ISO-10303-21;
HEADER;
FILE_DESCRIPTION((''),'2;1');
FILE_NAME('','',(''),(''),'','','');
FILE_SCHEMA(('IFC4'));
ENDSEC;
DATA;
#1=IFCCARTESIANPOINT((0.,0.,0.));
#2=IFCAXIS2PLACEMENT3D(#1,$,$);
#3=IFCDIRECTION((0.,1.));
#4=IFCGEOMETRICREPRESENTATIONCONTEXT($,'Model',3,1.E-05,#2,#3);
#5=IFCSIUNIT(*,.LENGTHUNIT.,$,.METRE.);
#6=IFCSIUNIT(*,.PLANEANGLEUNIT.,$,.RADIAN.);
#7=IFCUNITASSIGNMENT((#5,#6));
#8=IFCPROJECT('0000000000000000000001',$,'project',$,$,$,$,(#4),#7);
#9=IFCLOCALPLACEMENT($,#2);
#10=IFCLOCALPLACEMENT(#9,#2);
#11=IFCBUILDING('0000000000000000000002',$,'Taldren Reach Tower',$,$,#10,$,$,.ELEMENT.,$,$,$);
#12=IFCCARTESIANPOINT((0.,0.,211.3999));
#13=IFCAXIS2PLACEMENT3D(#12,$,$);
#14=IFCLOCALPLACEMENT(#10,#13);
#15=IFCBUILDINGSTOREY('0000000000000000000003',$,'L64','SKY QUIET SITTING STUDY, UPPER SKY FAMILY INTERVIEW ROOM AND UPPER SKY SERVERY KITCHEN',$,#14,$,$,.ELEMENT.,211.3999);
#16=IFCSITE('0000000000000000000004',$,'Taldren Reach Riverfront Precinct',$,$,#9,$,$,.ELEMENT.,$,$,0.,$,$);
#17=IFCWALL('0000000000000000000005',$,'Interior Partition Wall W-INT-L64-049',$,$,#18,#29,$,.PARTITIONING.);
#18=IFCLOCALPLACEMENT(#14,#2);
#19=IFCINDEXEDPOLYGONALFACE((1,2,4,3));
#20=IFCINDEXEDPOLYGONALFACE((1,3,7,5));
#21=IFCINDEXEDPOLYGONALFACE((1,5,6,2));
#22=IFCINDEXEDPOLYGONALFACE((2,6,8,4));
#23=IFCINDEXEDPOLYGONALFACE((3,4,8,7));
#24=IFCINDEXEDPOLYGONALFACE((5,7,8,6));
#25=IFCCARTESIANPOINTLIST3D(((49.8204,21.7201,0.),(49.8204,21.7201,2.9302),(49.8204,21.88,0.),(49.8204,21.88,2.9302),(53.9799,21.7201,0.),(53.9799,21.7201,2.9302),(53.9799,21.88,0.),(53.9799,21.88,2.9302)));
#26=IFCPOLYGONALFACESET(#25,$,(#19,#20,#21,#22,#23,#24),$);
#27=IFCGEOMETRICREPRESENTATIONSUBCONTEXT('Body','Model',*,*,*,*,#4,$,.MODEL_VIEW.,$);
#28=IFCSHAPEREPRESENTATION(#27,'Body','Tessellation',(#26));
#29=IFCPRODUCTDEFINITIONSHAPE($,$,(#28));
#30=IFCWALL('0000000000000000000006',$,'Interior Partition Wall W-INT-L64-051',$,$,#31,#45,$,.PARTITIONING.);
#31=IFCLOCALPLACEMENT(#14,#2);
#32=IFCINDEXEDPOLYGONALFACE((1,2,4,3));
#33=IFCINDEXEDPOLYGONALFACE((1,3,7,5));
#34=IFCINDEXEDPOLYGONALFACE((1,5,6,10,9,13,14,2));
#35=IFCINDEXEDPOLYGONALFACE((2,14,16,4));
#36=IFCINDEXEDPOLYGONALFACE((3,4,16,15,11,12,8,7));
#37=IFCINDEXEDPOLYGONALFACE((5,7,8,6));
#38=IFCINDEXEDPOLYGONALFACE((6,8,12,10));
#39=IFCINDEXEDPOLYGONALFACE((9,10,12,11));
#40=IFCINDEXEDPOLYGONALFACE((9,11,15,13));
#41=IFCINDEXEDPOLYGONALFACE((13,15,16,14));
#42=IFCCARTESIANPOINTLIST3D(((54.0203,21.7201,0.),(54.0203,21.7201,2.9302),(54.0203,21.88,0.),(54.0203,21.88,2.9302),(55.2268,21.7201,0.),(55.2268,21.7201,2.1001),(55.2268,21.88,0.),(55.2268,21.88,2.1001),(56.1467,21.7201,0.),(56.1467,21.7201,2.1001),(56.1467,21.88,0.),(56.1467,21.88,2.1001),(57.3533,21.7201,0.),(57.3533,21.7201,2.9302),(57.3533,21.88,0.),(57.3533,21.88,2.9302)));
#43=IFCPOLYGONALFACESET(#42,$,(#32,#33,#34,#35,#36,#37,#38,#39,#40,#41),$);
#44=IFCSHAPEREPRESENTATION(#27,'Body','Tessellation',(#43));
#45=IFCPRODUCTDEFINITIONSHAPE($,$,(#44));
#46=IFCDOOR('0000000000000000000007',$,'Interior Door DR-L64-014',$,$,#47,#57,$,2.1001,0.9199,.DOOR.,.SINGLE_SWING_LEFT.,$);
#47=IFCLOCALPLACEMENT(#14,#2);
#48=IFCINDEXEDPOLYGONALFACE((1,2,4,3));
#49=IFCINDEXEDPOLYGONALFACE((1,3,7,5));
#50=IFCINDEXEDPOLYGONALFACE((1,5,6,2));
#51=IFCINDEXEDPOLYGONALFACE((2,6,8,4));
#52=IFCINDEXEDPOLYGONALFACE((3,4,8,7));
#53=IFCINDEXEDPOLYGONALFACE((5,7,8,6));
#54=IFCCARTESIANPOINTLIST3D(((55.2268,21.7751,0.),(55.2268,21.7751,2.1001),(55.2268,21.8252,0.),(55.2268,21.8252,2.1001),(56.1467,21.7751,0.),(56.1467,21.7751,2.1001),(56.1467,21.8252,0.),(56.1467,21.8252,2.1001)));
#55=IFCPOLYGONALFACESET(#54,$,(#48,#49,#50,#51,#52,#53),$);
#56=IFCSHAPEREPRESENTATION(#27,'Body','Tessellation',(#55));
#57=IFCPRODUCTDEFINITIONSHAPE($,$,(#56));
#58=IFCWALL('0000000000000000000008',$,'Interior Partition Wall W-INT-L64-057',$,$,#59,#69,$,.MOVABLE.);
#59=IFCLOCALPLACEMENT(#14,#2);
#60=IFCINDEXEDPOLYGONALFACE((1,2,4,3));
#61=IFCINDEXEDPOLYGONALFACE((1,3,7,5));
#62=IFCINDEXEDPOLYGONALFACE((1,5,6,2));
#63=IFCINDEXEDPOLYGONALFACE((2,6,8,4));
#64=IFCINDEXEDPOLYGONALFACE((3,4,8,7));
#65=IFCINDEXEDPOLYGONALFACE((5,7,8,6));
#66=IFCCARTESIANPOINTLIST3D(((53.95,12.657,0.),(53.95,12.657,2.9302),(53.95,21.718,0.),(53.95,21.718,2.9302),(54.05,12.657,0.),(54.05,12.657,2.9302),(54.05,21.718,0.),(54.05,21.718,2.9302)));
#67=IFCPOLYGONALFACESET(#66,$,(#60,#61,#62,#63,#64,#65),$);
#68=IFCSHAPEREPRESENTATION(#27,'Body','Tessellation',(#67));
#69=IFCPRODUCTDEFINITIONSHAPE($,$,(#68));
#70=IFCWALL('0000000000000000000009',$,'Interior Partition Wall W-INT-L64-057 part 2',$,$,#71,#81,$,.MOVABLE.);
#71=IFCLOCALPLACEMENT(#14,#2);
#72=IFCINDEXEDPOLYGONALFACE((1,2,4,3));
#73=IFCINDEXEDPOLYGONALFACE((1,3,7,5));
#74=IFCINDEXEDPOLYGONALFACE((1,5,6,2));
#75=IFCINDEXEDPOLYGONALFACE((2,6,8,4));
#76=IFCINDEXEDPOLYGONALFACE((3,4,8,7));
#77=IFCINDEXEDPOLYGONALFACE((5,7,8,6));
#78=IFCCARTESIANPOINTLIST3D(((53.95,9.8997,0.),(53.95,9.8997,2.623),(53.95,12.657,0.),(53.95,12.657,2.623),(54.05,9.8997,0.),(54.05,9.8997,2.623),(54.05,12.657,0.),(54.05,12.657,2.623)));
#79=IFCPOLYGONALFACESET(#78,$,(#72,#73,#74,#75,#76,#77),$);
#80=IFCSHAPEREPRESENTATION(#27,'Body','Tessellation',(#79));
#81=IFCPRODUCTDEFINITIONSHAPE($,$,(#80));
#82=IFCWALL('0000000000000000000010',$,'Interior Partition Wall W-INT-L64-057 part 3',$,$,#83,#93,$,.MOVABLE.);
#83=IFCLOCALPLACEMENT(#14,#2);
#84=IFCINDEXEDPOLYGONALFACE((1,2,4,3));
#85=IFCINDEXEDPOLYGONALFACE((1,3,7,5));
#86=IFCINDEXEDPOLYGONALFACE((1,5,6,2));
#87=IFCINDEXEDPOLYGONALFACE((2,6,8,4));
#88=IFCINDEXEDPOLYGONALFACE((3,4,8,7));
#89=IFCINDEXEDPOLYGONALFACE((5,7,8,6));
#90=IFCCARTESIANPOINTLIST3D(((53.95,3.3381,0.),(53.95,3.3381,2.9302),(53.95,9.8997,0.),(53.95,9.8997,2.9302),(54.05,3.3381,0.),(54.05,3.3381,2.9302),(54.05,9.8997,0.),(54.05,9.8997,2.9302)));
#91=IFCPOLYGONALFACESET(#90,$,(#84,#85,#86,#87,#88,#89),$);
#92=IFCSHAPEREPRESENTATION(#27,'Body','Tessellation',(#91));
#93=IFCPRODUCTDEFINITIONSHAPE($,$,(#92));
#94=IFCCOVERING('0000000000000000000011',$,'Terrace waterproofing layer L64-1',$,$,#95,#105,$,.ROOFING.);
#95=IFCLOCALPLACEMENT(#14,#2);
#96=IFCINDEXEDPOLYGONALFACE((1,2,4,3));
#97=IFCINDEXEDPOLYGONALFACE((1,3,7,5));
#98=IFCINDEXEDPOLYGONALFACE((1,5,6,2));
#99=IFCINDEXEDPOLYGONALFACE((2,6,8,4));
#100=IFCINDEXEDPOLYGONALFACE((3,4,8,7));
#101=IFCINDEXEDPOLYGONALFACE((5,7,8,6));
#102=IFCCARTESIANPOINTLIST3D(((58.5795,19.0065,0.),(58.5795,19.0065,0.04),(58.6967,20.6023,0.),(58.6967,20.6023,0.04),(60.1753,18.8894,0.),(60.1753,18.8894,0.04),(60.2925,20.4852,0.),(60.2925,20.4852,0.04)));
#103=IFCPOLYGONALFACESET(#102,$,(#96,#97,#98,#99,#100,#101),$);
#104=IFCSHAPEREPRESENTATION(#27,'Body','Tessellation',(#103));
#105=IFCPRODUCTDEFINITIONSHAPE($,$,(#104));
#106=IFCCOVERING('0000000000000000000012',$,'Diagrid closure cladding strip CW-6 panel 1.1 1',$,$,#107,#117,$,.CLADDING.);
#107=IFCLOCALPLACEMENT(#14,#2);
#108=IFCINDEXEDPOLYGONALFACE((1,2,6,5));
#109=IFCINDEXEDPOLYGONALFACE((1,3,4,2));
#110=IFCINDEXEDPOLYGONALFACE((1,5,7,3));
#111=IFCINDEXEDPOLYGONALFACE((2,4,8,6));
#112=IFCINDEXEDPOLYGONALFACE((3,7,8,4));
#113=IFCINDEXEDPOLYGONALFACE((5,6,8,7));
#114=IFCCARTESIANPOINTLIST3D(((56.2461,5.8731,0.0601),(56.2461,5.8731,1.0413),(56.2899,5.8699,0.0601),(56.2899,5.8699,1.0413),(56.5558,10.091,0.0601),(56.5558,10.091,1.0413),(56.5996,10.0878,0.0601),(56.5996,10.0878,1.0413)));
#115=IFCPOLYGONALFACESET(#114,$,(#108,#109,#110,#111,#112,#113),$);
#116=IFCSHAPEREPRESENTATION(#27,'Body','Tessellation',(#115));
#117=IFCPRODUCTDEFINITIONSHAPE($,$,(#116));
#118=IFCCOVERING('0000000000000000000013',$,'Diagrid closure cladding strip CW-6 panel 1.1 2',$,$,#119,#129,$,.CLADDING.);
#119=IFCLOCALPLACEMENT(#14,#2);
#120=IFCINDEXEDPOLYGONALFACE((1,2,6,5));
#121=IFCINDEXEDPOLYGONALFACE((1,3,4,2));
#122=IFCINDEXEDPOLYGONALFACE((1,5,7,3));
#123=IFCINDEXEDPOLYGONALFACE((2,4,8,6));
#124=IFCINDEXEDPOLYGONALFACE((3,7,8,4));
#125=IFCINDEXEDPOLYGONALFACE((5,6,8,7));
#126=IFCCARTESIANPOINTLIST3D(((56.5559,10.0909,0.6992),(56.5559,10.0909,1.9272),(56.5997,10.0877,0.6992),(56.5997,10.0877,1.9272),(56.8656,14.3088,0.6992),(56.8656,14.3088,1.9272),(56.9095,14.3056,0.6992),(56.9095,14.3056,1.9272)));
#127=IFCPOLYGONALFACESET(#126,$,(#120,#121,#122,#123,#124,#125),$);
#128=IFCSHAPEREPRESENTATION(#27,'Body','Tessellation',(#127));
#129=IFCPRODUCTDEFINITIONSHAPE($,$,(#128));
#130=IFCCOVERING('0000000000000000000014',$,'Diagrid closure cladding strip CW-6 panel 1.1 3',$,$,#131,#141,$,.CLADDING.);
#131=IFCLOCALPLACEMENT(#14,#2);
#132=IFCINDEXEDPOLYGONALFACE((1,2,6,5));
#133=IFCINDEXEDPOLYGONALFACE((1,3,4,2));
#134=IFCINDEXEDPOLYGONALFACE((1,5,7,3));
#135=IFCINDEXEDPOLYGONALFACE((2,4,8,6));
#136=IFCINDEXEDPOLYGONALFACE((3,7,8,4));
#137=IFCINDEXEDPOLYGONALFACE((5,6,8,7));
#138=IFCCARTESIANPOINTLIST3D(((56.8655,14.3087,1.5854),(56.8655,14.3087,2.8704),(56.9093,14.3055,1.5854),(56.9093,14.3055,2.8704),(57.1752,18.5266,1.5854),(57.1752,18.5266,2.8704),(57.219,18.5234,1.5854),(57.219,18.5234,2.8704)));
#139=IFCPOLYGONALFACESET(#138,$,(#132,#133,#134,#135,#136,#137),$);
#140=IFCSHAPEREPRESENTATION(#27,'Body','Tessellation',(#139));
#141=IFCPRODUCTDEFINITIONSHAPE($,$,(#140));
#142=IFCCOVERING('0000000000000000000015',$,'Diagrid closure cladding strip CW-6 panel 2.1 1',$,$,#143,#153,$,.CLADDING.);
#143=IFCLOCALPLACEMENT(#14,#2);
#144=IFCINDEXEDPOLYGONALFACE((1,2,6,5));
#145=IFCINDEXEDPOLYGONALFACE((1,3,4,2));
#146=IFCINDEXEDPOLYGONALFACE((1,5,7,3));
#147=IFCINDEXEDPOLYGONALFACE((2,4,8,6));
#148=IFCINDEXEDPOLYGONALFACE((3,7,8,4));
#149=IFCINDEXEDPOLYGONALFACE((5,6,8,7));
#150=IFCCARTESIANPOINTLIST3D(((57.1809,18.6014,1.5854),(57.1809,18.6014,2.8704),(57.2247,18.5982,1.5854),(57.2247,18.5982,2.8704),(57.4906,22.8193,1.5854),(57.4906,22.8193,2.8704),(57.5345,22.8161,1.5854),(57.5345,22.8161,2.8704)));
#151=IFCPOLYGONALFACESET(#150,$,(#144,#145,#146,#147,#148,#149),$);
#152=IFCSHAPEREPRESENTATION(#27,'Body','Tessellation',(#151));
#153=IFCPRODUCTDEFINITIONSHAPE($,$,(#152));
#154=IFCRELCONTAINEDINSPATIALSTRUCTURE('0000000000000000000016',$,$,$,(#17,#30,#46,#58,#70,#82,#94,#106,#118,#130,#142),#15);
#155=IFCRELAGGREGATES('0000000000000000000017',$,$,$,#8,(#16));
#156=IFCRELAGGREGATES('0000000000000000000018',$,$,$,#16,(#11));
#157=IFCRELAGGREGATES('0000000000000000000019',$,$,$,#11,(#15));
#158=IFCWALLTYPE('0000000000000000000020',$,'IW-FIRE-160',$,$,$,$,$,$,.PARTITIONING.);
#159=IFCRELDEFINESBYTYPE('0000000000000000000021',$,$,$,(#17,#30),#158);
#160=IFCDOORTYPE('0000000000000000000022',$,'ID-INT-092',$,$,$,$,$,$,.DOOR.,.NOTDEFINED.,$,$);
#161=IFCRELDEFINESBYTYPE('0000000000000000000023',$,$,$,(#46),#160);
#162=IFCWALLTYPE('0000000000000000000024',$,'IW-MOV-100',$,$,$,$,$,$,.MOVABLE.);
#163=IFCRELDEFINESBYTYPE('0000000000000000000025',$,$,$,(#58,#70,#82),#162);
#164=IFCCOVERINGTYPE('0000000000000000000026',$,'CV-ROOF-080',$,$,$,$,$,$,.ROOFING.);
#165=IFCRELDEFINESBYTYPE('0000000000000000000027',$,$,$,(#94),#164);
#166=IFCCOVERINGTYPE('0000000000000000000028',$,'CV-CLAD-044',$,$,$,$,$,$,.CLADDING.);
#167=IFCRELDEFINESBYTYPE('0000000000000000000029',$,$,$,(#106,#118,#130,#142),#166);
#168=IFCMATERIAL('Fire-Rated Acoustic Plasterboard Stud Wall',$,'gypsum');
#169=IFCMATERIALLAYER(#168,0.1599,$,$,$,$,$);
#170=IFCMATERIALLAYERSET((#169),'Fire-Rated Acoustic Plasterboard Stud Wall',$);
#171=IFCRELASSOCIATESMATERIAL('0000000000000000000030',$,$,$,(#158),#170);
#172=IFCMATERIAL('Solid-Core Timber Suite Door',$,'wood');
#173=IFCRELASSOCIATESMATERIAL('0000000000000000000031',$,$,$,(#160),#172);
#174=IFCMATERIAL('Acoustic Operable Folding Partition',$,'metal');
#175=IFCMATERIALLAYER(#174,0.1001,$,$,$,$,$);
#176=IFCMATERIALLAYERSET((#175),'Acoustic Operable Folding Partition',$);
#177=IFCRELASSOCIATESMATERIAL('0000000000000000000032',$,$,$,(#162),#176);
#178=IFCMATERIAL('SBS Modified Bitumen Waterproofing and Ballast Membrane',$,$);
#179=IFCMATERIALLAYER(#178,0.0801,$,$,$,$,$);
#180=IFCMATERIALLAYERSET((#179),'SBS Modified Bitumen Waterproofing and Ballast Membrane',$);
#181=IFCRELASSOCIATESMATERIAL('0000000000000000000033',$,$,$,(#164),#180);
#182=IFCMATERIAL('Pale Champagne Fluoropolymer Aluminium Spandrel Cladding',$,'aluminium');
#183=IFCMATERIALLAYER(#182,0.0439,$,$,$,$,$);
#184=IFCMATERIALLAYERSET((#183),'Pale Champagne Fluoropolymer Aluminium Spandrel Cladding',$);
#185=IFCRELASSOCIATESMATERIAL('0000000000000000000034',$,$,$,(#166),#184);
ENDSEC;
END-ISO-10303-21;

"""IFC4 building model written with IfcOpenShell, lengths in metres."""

from ifc_helpers import new_model, si_unit, direction, frame, frame_2d, origin, origin_2d, place, context, subcontext, project, spatial, rectangle, extrude, source, transform, mapped, material, layer, layer_set, type_object, element, fill, save


model = new_model("IFC4")

# Units and contexts
model_context = context("Model", 3, precision=1e-05, world=origin(), true_north=direction((0.0, 1.0)))
body_context = subcontext(model_context, "Body", "Model", "MODEL_VIEW")
ifc_project = project(units=[si_unit("LENGTHUNIT", "METRE"), si_unit("PLANEANGLEUNIT", "RADIAN")], contexts=[model_context])

# Site, building, storey
site_placement = place(None, origin())
site = spatial("IfcSite", under=ifc_project, at=site_placement, Name="Taldren Reach Riverfront Precinct", CompositionType="ELEMENT", RefElevation=0.0)
building_placement = place(site_placement, origin())
building = spatial("IfcBuilding", under=site, at=building_placement, Name="Taldren Reach Tower", CompositionType="ELEMENT")
storey_placement = place(building_placement, frame((0.0, 0.0, 211.3999)))
storey = spatial("IfcBuildingStorey", under=building, at=storey_placement, Name="L64", Description="SKY QUIET SITTING STUDY, UPPER SKY FAMILY INTERVIEW ROOM AND UPPER SKY SERVERY KITCHEN", CompositionType="ELEMENT", Elevation=211.3999)

# Wall
ifc_material_1 = material(Name="Fire-Rated Acoustic Plasterboard Stud Wall", Category="gypsum")
ifc_layer_1 = layer(ifc_material_1, 0.1599)
ifc_layer_set_1 = layer_set([ifc_layer_1], Name="Fire-Rated Acoustic Plasterboard Stud Wall")
wall_type_1 = type_object("IfcWallType", Name="IW-FIRE-160", PredefinedType="PARTITIONING", material=ifc_layer_set_1)
shared_shape_1 = source(origin(), body_context, "Body", "SweptSolid", [
    extrude(rectangle(XDim=4.1594, YDim=0.1599, at=frame_2d((2.0796, 0.0))), origin(), (0.0, 0.0, 1.0), 2.9302),
])
wall_1_placement = place(storey_placement, frame((53.9797, 21.8, 0.0), z_axis=(0.0, 0.0, 1.0), x_axis=(-1.0, 0.0, 0.0)))
element("IfcWall", 1, at=wall_1_placement, inside=storey, type_object=wall_type_1, Name="Interior Partition Wall W-INT-L64-049", PredefinedType="PARTITIONING", context=body_context, shape_type="MappedRepresentation", body=[
    mapped(shared_shape_1, transform((0.0, 0.0, 0.0), scale=1.0)),
])

# Wall, opening, door
shared_shape_2 = source(origin(), body_context, "Body", "SweptSolid", [
    extrude(rectangle(XDim=3.333, YDim=0.1599, at=frame_2d((1.6665, 0.0))), origin(), (0.0, 0.0, 1.0), 2.9302),
])
wall_2_placement = place(storey_placement, frame((57.3533, 21.8, 0.0), z_axis=(0.0, 0.0, 1.0), x_axis=(-1.0, 0.0, 0.0)))
wall_2 = element("IfcWall", 2, at=wall_2_placement, inside=storey, type_object=wall_type_1, Name="Interior Partition Wall W-INT-L64-051", PredefinedType="PARTITIONING", context=body_context, shape_type="MappedRepresentation", body=[
    mapped(shared_shape_2, transform((0.0, 0.0, 0.0), scale=1.0)),
])
shared_shape_3 = source(origin(), body_context, "Body", "SweptSolid", [
    extrude(rectangle(XDim=0.9199, YDim=2.1001, at=frame_2d((0.46, 1.05))), frame((0.0, 0.0898, 0.0), z_axis=(0.0, -1.0, 0.0), x_axis=(1.0, 0.0, 0.0)), (0.0, 0.0, 1.0), 0.1799),
])
opening_placement = place(wall_2_placement, frame((1.2065, 0.0, 0.0)))
opening = element("IfcOpeningElement", 3, at=opening_placement, cuts=wall_2, PredefinedType="OPENING", context=body_context, shape_type="MappedRepresentation", body=[
    mapped(shared_shape_3, transform((0.0, 0.0, 0.0), scale=1.0)),
])
ifc_material_2 = material(Name="Solid-Core Timber Suite Door", Category="wood")
door_type = type_object("IfcDoorType", Name="ID-INT-092", OperationType="NOTDEFINED", PredefinedType="DOOR", material=ifc_material_2)
shared_shape_4 = source(origin(), body_context, "Body", "SweptSolid", [
    extrude(rectangle(XDim=0.9199, YDim=2.1001, at=frame_2d((0.46, 1.05))), frame((0.0, 0.0249, 0.0), z_axis=(0.0, -1.0, 0.0), x_axis=(1.0, 0.0, 0.0)), (0.0, 0.0, 1.0), 0.05),
])
door_placement = place(opening_placement, origin())
door = element("IfcDoor", 4, at=door_placement, inside=storey, type_object=door_type, Name="Interior Door DR-L64-014", OperationType="SINGLE_SWING_LEFT", OverallHeight=2.1001, OverallWidth=0.9199, PredefinedType="DOOR", context=body_context, shape_type="MappedRepresentation", body=[
    mapped(shared_shape_4, transform((0.0, 0.0, 0.0), scale=1.0)),
])
fill(opening, door)

# Walls
ifc_material_3 = material(Name="Acoustic Operable Folding Partition", Category="metal")
ifc_layer_2 = layer(ifc_material_3, 0.1001)
ifc_layer_set_2 = layer_set([ifc_layer_2], Name="Acoustic Operable Folding Partition")
wall_type_2 = type_object("IfcWallType", Name="IW-MOV-100", PredefinedType="MOVABLE", material=ifc_layer_set_2)
shared_shape_5 = source(origin(), body_context, "Body", "SweptSolid", [
    extrude(rectangle(XDim=9.061, YDim=0.1001, at=frame_2d((4.5305, 0.0))), origin(), (0.0, 0.0, 1.0), 2.9302),
])
wall_3_placement = place(storey_placement, frame((54.0, 21.718, 0.0), z_axis=(0.0, 0.0, 1.0), x_axis=(0.0, -1.0, 0.0)))
element("IfcWall", 5, at=wall_3_placement, inside=storey, type_object=wall_type_2, Name="Interior Partition Wall W-INT-L64-057", PredefinedType="MOVABLE", context=body_context, shape_type="MappedRepresentation", body=[
    mapped(shared_shape_5, transform((0.0, 0.0, 0.0), scale=1.0)),
])
shared_shape_6 = source(origin(), body_context, "Body", "SweptSolid", [
    extrude(rectangle(XDim=2.7573, YDim=0.1001, at=frame_2d((1.3787, 0.0))), origin(), (0.0, 0.0, 1.0), 2.623),
])
wall_4_placement = place(storey_placement, frame((54.0, 12.657, 0.0), z_axis=(0.0, 0.0, 1.0), x_axis=(0.0, -1.0, 0.0)))
element("IfcWall", 6, at=wall_4_placement, inside=storey, type_object=wall_type_2, Name="Interior Partition Wall W-INT-L64-057 part 2", PredefinedType="MOVABLE", context=body_context, shape_type="MappedRepresentation", body=[
    mapped(shared_shape_6, transform((0.0, 0.0, 0.0), scale=1.0)),
])
shared_shape_7 = source(origin(), body_context, "Body", "SweptSolid", [
    extrude(rectangle(XDim=6.5615, YDim=0.1001, at=frame_2d((3.2808, 0.0))), origin(), (0.0, 0.0, 1.0), 2.9302),
])
wall_5_placement = place(storey_placement, frame((54.0, 9.8997, 0.0), z_axis=(0.0, 0.0, 1.0), x_axis=(0.0, -1.0, 0.0)))
element("IfcWall", 7, at=wall_5_placement, inside=storey, type_object=wall_type_2, Name="Interior Partition Wall W-INT-L64-057 part 3", PredefinedType="MOVABLE", context=body_context, shape_type="MappedRepresentation", body=[
    mapped(shared_shape_7, transform((0.0, 0.0, 0.0), scale=1.0)),
])

# Coverings
ifc_material_4 = material(Name="SBS Modified Bitumen Waterproofing and Ballast Membrane")
ifc_layer_3 = layer(ifc_material_4, 0.0801)
ifc_layer_set_3 = layer_set([ifc_layer_3], Name="SBS Modified Bitumen Waterproofing and Ballast Membrane")
covering_type_1 = type_object("IfcCoveringType", Name="CV-ROOF-080", PredefinedType="ROOFING", material=ifc_layer_set_3)
shared_shape_8 = source(origin(), body_context, "Body", "SweptSolid", [
    extrude(rectangle(XDim=1.6001, YDim=1.6001, at=origin_2d()), origin(), (0.0, 0.0, 1.0), 0.04),
])
covering_1_placement = place(storey_placement, frame((59.436, 19.7458, 0.0), z_axis=(0.0, 0.0, 1.0), x_axis=(0.997314, -0.073238, 0.0)))
element("IfcCovering", 8, at=covering_1_placement, inside=storey, type_object=covering_type_1, Name="Terrace waterproofing layer L64-1", PredefinedType="ROOFING", context=body_context, shape_type="MappedRepresentation", body=[
    mapped(shared_shape_8, transform((0.0, 0.0, 0.0), scale=1.0)),
])
ifc_material_5 = material(Name="Pale Champagne Fluoropolymer Aluminium Spandrel Cladding", Category="aluminium")
ifc_layer_4 = layer(ifc_material_5, 0.0439)
ifc_layer_set_4 = layer_set([ifc_layer_4], Name="Pale Champagne Fluoropolymer Aluminium Spandrel Cladding")
covering_type_2 = type_object("IfcCoveringType", Name="CV-CLAD-044", PredefinedType="CLADDING", material=ifc_layer_set_4)
shared_shape_9 = source(origin(), body_context, "Body", "SweptSolid", [
    extrude(rectangle(XDim=4.2292, YDim=0.0439, at=origin_2d()), origin(), (0.0, 0.0, 1.0), 0.9812),
])
covering_2_placement = place(storey_placement, frame((56.4229, 7.9805, 0.0601), z_axis=(0.0, 0.0, 1.0), x_axis=(0.073238, 0.997314, 0.0)))
element("IfcCovering", 9, at=covering_2_placement, inside=storey, type_object=covering_type_2, Name="Diagrid closure cladding strip CW-6 panel 1.1 1", PredefinedType="CLADDING", context=body_context, shape_type="MappedRepresentation", body=[
    mapped(shared_shape_9, transform((0.0, 0.0, 0.0), scale=1.0)),
])
shared_shape_10 = source(origin(), body_context, "Body", "SweptSolid", [
    extrude(rectangle(XDim=4.2292, YDim=0.0439, at=origin_2d()), origin(), (0.0, 0.0, 1.0), 1.228),
])
covering_3_placement = place(storey_placement, frame((56.7327, 12.1982, 0.6992), z_axis=(0.0, 0.0, 1.0), x_axis=(0.073238, 0.997314, 0.0)))
element("IfcCovering", 10, at=covering_3_placement, inside=storey, type_object=covering_type_2, Name="Diagrid closure cladding strip CW-6 panel 1.1 2", PredefinedType="CLADDING", context=body_context, shape_type="MappedRepresentation", body=[
    mapped(shared_shape_10, transform((0.0, 0.0, 0.0), scale=1.0)),
])
shared_shape_11 = source(origin(), body_context, "Body", "SweptSolid", [
    extrude(rectangle(XDim=4.2292, YDim=0.0439, at=origin_2d()), origin(), (0.0, 0.0, 1.0), 1.2849),
])
for number, where, z_axis, x_axis, name in (
    (11, (57.0422, 16.416, 1.5854), (0.0, 0.0, 1.0), (0.073238, 0.997314, 0.0), "Diagrid closure cladding strip CW-6 panel 1.1 3"),
    (12, (57.3577, 20.7087, 1.5854), (0.0, 0.0, 1.0), (0.073238, 0.997314, 0.0), "Diagrid closure cladding strip CW-6 panel 2.1 1"),
):
    element("IfcCovering", number, at=place(storey_placement, frame(where, z_axis=z_axis, x_axis=x_axis)), inside=storey, type_object=covering_type_2, Name=name, PredefinedType="CLADDING", context=body_context, shape_type="MappedRepresentation", body=[
        mapped(shared_shape_11, transform((0.0, 0.0, 0.0), scale=1.0)),
    ])

save(model, "model.ifc")
